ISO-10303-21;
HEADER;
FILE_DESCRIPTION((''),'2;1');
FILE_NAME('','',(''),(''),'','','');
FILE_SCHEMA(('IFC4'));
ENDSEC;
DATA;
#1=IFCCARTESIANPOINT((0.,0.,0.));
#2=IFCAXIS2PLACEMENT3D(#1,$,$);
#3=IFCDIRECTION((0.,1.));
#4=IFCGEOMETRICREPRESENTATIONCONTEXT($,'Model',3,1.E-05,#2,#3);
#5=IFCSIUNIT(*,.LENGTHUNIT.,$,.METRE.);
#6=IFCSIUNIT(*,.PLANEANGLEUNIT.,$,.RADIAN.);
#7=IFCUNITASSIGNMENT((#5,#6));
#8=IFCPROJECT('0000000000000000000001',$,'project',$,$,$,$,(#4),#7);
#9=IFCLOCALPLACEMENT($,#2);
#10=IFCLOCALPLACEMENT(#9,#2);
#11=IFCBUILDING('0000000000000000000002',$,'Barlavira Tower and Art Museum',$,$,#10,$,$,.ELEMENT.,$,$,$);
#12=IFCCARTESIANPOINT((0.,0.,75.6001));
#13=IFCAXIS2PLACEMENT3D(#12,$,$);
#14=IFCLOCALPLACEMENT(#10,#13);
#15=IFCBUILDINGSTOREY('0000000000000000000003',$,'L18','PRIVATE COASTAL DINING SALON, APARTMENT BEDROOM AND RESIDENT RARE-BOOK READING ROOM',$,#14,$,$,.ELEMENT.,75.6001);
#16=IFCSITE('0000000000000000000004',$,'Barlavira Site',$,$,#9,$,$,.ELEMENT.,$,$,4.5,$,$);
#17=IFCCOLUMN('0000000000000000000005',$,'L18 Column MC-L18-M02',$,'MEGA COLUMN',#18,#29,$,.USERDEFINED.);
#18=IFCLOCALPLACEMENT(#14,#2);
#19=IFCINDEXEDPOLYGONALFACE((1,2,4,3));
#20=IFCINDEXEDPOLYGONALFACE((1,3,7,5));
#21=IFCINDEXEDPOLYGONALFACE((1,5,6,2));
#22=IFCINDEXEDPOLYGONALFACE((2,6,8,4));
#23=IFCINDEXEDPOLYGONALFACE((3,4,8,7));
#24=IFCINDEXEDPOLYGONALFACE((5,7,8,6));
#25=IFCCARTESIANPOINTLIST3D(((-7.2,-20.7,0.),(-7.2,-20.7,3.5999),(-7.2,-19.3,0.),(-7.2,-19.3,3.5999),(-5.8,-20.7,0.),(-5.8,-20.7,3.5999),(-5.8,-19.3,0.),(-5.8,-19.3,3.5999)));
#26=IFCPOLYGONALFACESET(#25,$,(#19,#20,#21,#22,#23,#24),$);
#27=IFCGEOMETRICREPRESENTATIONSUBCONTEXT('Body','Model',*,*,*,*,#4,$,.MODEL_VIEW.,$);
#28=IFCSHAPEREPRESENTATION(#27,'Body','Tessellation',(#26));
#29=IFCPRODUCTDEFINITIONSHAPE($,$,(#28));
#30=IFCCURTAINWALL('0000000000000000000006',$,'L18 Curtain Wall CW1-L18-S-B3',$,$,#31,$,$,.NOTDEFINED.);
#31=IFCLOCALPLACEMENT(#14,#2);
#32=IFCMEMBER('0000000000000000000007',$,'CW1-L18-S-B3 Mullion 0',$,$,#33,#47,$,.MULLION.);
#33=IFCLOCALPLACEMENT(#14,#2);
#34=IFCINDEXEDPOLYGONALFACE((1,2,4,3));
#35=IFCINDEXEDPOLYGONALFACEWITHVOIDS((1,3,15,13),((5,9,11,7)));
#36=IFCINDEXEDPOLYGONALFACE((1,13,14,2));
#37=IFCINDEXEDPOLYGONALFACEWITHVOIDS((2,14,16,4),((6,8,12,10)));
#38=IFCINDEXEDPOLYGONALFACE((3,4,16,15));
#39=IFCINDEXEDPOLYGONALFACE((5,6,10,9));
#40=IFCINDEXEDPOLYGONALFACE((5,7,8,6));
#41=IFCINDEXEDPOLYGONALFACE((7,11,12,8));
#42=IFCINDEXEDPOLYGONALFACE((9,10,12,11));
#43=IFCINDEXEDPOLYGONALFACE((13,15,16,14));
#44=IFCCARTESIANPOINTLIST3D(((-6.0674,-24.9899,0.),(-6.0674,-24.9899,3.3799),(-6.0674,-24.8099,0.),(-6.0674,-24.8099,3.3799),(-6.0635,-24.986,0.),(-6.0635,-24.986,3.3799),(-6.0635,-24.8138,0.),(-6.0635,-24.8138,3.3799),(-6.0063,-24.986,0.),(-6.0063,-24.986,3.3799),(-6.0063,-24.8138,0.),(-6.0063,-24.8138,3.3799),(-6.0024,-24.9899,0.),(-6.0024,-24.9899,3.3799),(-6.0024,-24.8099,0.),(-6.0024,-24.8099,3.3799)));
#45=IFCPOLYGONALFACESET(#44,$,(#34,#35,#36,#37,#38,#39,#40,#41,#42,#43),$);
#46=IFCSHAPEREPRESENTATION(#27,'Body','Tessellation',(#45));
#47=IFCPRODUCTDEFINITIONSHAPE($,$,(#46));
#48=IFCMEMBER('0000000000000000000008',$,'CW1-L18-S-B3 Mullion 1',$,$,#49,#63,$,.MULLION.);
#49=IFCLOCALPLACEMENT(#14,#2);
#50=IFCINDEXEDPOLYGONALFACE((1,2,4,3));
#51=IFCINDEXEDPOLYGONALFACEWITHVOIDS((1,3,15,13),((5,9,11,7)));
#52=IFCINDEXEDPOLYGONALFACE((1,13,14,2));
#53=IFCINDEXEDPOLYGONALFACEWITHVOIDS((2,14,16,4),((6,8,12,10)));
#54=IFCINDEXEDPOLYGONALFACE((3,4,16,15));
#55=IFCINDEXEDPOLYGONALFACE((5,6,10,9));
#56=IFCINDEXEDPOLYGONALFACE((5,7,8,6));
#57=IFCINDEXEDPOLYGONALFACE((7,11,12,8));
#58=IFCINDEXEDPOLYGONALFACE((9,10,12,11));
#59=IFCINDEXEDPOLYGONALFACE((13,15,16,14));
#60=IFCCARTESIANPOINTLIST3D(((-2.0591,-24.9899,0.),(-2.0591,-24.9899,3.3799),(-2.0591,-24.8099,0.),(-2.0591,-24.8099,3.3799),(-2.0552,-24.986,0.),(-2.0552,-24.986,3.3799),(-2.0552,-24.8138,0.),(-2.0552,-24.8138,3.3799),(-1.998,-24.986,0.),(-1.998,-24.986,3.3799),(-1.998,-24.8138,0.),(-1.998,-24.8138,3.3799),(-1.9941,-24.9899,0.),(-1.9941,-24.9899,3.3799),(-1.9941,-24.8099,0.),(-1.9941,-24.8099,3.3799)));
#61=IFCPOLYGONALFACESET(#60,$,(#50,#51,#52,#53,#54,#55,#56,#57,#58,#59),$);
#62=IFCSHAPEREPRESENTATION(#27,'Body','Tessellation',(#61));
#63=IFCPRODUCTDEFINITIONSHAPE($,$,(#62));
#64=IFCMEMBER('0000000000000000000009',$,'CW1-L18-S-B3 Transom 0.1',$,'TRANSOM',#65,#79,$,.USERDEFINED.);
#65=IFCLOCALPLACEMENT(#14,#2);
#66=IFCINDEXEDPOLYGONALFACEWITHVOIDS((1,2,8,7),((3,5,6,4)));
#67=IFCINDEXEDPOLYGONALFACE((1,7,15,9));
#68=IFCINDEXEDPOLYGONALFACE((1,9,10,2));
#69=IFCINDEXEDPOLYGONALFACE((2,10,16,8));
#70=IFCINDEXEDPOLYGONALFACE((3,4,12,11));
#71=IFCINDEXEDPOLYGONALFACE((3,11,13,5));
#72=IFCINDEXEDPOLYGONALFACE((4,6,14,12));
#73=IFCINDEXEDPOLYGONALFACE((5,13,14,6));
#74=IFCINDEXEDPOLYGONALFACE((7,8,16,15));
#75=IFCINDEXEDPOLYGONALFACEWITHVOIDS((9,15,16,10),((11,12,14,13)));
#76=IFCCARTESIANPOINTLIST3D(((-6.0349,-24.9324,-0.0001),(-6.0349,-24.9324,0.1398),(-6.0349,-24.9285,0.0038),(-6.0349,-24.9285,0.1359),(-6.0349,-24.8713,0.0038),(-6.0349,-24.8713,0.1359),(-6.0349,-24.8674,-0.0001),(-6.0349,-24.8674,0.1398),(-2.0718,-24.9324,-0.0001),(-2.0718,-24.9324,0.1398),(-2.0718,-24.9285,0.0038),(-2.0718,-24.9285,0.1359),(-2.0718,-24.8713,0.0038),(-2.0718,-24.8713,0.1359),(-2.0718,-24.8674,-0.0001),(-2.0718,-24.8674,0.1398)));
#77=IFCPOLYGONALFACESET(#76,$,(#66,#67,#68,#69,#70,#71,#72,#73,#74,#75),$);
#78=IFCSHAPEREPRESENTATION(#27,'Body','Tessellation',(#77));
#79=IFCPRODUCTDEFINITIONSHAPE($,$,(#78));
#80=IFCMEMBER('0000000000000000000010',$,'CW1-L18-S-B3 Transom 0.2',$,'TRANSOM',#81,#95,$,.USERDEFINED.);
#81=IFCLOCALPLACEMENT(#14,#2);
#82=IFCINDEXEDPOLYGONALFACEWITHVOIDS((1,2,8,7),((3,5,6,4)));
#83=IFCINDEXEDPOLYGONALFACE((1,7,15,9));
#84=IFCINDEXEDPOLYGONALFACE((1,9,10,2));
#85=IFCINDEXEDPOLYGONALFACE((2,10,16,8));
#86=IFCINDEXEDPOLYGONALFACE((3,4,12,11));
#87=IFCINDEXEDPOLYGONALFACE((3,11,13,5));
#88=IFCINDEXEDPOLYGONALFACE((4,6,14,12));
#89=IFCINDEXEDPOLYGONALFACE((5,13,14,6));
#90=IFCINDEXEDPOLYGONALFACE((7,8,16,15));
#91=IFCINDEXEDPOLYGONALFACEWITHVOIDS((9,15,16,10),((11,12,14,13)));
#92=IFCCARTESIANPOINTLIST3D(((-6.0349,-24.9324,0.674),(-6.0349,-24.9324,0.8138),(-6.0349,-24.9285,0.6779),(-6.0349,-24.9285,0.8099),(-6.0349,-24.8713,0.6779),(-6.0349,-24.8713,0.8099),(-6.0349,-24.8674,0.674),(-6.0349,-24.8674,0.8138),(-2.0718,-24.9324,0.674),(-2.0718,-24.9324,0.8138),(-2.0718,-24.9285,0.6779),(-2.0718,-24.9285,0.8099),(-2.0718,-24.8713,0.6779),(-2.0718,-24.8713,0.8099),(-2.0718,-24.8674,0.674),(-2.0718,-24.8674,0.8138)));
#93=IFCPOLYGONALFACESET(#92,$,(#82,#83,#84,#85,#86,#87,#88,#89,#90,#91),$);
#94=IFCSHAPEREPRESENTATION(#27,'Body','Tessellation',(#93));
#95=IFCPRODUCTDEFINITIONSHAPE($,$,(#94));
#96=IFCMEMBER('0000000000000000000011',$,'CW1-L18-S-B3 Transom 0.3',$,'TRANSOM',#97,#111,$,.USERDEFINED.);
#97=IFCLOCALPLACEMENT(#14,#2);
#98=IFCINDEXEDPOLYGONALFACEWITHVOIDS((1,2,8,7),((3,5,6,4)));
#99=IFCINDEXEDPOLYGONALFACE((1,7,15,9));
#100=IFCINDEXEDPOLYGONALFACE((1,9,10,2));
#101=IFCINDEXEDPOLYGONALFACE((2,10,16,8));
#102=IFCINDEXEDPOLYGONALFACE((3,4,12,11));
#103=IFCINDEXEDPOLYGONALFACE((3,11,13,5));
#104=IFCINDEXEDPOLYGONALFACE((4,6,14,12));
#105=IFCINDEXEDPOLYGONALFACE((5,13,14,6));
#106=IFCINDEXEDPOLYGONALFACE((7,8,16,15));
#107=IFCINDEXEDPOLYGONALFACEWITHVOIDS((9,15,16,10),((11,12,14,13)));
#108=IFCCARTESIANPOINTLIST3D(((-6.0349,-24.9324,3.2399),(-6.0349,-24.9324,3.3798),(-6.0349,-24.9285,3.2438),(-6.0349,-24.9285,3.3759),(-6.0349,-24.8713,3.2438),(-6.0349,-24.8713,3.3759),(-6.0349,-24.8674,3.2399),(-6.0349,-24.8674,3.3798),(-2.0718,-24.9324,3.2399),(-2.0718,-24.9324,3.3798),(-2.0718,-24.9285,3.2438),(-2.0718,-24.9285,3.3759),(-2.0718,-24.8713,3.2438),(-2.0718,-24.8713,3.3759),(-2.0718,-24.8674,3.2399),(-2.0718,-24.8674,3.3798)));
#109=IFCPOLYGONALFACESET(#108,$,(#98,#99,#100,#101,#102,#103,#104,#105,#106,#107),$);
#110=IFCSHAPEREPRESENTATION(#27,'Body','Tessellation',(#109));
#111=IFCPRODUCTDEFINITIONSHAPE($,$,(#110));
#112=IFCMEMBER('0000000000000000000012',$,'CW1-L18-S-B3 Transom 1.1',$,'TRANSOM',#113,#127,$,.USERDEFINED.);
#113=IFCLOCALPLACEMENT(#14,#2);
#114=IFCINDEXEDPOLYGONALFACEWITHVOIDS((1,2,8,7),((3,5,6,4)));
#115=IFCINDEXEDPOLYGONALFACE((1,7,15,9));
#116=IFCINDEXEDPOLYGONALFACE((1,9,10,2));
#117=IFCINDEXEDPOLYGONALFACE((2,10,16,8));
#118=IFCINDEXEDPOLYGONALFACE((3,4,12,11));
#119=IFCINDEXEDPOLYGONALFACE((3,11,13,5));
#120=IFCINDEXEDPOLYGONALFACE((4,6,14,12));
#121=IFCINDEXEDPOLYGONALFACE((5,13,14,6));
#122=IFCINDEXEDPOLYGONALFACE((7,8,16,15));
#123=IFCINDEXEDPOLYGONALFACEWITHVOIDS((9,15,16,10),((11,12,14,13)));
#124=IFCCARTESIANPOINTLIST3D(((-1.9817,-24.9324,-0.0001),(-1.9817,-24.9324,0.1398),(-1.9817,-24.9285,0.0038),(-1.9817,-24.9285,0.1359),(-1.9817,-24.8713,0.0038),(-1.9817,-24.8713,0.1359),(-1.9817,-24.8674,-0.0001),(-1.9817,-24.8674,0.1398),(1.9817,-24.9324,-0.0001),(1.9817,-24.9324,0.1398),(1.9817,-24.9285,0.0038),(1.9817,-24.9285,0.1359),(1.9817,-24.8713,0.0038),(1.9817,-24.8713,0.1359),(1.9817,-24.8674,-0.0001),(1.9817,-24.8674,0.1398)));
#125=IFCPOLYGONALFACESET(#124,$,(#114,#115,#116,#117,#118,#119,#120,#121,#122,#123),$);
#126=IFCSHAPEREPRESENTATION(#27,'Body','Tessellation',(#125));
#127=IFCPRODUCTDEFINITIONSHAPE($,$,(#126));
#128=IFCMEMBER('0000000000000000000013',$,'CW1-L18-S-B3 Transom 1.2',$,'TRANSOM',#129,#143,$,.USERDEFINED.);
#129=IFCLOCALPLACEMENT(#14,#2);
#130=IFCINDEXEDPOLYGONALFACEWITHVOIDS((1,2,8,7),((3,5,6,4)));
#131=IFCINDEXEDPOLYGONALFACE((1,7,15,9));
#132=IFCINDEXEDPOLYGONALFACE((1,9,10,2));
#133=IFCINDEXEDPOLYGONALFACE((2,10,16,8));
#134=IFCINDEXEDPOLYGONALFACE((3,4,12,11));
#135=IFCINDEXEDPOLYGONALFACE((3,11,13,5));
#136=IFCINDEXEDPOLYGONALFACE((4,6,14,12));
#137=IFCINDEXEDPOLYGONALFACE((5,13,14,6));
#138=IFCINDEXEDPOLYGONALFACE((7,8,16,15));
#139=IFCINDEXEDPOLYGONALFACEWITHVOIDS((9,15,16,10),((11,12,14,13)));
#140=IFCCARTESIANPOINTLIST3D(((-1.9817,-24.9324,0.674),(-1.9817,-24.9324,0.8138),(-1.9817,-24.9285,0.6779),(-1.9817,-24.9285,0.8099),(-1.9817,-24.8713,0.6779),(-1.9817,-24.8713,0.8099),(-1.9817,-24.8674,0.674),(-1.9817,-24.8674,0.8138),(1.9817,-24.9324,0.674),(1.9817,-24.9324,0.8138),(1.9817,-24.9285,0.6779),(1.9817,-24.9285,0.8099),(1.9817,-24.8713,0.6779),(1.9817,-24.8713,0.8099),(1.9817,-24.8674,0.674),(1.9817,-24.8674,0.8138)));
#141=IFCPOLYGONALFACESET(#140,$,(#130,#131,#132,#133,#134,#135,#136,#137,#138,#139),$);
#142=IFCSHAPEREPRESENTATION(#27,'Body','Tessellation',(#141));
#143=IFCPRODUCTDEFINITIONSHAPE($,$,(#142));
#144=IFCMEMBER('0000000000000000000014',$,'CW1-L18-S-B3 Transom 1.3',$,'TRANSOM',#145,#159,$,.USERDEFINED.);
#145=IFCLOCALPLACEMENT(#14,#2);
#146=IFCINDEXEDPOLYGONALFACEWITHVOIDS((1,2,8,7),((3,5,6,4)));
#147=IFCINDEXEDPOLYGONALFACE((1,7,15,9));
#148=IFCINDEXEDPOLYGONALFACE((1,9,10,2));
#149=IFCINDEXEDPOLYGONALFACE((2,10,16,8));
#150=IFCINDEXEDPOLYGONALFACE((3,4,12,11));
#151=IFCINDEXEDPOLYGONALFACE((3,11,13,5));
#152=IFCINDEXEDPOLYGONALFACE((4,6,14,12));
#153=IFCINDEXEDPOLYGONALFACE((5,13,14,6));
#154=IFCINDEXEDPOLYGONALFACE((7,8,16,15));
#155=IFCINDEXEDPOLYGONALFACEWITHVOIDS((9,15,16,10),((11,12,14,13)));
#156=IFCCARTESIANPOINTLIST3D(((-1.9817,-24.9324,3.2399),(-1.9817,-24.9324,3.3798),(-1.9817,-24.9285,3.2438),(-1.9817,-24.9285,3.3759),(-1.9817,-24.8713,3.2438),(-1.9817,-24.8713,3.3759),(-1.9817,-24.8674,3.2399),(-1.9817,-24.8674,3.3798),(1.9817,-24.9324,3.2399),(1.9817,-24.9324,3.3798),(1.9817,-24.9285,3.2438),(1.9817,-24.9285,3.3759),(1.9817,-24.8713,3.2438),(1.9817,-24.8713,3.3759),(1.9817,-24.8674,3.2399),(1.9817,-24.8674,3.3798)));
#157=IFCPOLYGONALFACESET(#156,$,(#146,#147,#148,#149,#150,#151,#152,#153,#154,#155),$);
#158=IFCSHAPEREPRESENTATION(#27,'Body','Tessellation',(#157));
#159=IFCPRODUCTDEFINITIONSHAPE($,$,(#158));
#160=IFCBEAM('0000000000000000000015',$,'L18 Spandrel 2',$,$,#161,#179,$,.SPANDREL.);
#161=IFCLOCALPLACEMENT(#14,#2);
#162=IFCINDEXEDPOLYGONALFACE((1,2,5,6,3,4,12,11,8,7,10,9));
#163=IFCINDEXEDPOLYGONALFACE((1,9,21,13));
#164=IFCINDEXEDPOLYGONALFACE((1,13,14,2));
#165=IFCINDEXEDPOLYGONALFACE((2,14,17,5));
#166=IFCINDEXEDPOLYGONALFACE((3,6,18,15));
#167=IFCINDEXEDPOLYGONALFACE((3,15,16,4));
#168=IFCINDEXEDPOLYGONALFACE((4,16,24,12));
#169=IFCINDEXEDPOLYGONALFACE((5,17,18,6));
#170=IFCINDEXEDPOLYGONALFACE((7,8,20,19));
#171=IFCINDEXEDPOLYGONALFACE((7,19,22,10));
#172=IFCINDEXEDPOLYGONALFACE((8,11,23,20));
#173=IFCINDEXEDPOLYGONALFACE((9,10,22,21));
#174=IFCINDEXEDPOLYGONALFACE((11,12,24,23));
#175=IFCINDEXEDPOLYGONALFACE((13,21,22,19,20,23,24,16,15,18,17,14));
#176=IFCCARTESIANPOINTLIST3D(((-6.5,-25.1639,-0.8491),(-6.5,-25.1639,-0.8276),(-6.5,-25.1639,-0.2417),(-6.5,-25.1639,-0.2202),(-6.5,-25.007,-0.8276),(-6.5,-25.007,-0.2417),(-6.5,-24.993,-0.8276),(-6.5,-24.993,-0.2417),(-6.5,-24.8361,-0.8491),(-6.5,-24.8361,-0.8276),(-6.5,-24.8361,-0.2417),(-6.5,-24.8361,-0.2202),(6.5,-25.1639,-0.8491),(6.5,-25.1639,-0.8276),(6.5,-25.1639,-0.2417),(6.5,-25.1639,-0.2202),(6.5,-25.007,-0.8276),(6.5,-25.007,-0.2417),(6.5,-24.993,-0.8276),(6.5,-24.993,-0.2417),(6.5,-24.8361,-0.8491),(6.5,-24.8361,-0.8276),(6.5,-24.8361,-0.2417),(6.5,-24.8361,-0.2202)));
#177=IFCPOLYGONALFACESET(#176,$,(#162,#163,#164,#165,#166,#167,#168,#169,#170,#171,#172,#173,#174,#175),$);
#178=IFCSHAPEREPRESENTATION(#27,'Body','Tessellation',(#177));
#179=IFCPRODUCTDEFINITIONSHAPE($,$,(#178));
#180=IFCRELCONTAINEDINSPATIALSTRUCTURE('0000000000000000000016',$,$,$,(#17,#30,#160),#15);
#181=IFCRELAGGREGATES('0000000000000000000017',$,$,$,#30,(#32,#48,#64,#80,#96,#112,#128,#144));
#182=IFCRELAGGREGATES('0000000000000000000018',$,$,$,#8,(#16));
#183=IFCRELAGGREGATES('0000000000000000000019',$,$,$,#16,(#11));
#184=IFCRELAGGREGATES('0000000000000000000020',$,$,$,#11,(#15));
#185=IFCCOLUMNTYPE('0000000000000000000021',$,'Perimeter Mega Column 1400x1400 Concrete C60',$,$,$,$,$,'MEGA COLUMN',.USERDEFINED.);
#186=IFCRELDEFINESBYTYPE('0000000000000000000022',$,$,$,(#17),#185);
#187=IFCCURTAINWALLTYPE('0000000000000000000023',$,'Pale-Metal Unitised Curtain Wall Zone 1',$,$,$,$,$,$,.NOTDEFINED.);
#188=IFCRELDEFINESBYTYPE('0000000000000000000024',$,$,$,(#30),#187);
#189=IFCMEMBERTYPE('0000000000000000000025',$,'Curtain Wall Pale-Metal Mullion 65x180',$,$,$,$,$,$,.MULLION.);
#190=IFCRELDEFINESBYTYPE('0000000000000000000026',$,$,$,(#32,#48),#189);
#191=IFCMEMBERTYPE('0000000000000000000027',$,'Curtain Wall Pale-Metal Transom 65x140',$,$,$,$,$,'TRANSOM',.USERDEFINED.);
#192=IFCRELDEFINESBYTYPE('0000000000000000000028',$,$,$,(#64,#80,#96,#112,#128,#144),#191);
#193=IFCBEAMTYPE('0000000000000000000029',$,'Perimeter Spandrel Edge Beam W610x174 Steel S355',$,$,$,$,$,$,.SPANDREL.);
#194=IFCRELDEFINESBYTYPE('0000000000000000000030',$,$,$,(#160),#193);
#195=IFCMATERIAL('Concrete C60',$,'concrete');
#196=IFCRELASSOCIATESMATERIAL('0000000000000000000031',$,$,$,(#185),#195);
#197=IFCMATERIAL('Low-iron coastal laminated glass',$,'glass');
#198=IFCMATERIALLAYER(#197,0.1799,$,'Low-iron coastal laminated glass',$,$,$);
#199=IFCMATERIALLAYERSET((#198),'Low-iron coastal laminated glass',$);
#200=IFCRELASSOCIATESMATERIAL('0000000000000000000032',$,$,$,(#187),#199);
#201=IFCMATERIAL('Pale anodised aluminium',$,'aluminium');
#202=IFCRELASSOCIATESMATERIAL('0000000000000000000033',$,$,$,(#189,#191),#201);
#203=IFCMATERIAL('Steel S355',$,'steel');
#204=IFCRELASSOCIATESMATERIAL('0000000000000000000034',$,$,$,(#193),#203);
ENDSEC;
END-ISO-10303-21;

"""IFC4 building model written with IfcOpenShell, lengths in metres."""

from ifc_helpers import new_model, si_unit, direction, frame, origin, origin_2d, place, context, subcontext, project, spatial, rectangle, hollow_rectangle, i_section, extrude, material, layer, layer_set, material_profile, profile_set, type_object, element, aggregate, save


model = new_model("IFC4")

# Units and contexts
model_context = context("Model", 3, precision=1e-05, world=origin(), true_north=direction((0.0, 1.0)))
body_context = subcontext(model_context, "Body", "Model", "MODEL_VIEW")
ifc_project = project(units=[si_unit("LENGTHUNIT", "METRE"), si_unit("PLANEANGLEUNIT", "RADIAN")], contexts=[model_context])

# Site, building, storey
site_placement = place(None, origin())
site = spatial("IfcSite", under=ifc_project, at=site_placement, Name="Barlavira Site", CompositionType="ELEMENT", RefElevation=4.5)
building_placement = place(site_placement, origin())
building = spatial("IfcBuilding", under=site, at=building_placement, Name="Barlavira Tower and Art Museum", CompositionType="ELEMENT")
storey_placement = place(building_placement, frame((0.0, 0.0, 75.6001)))
storey = spatial("IfcBuildingStorey", under=building, at=storey_placement, Name="L18", Description="PRIVATE COASTAL DINING SALON, APARTMENT BEDROOM AND RESIDENT RARE-BOOK READING ROOM", CompositionType="ELEMENT", Elevation=75.6001)

# Column
ifc_material_1 = material(Name="Concrete C60", Category="concrete")
ifc_material_profile_1 = material_profile(ifc_material_1, rectangle(XDim=1.3999, YDim=1.3999, at=origin_2d()), Name="RC-MCOL 1400x1400")
ifc_profile_set_1 = profile_set([ifc_material_profile_1], Name="Concrete C60")
column_type = type_object("IfcColumnType", Name="Perimeter Mega Column 1400x1400 Concrete C60", ElementType="MEGA COLUMN", PredefinedType="USERDEFINED", material=ifc_profile_set_1)
column_placement = place(storey_placement, frame((-6.5, -20.0, 0.0), z_axis=(0.0, 0.0, 1.0), x_axis=(1.0, 0.0, 0.0)))
element("IfcColumn", 1, at=column_placement, inside=storey, type_object=column_type, Name="L18 Column MC-L18-M02", ObjectType="MEGA COLUMN", PredefinedType="USERDEFINED", context=body_context, shape_type="SweptSolid", body=[
    extrude(rectangle(XDim=1.3999, YDim=1.3999, at=origin_2d()), origin(), (0.0, 0.0, 1.0), 3.5999),
])

# Curtain wall, members
ifc_material_2 = material(Name="Low-iron coastal laminated glass", Category="glass")
ifc_layer_1 = layer(ifc_material_2, 0.1799, Name="Low-iron coastal laminated glass")
ifc_layer_set_1 = layer_set([ifc_layer_1], Name="Low-iron coastal laminated glass")
curtain_wall_type = type_object("IfcCurtainWallType", Name="Pale-Metal Unitised Curtain Wall Zone 1", PredefinedType="NOTDEFINED", material=ifc_layer_set_1)
curtain_wall_placement = place(storey_placement, origin())
curtain_wall = element("IfcCurtainWall", 2, at=curtain_wall_placement, inside=storey, type_object=curtain_wall_type, Name="L18 Curtain Wall CW1-L18-S-B3", PredefinedType="NOTDEFINED")
ifc_material_3 = material(Name="Pale anodised aluminium", Category="aluminium")
ifc_material_profile_2 = material_profile(ifc_material_3, hollow_rectangle(XDim=0.0649, YDim=0.1799, WallThickness=0.0039, at=origin_2d()), Name="ALU-MULL 65x180x4")
ifc_profile_set_2 = profile_set([ifc_material_profile_2], Name="Pale anodised aluminium")
member_type_1 = type_object("IfcMemberType", Name="Curtain Wall Pale-Metal Mullion 65x180", PredefinedType="MULLION", material=ifc_profile_set_2)
member_1_placement = place(storey_placement, frame((-6.0349, -24.8999, 0.0), z_axis=(0.0, 0.0, 1.0), x_axis=(1.0, 0.0, 0.0)))
member_1 = element("IfcMember", 3, at=member_1_placement, type_object=member_type_1, Name="CW1-L18-S-B3 Mullion 0", PredefinedType="MULLION", context=body_context, shape_type="SweptSolid", body=[
    extrude(hollow_rectangle(XDim=0.0649, YDim=0.1799, WallThickness=0.0039, at=origin_2d()), origin(), (0.0, 0.0, 1.0), 3.3799),
])
member_2_placement = place(storey_placement, frame((-2.0266, -24.8999, 0.0), z_axis=(0.0, 0.0, 1.0), x_axis=(1.0, 0.0, 0.0)))
member_2 = element("IfcMember", 4, at=member_2_placement, type_object=member_type_1, Name="CW1-L18-S-B3 Mullion 1", PredefinedType="MULLION", context=body_context, shape_type="SweptSolid", body=[
    extrude(hollow_rectangle(XDim=0.0649, YDim=0.1799, WallThickness=0.0039, at=origin_2d()), origin(), (0.0, 0.0, 1.0), 3.3799),
])
ifc_material_profile_3 = material_profile(ifc_material_3, hollow_rectangle(XDim=0.0649, YDim=0.1399, WallThickness=0.0039, at=origin_2d()), Name="ALU-TRAN 65x140x4")
ifc_profile_set_3 = profile_set([ifc_material_profile_3], Name="Pale anodised aluminium")
member_type_2 = type_object("IfcMemberType", Name="Curtain Wall Pale-Metal Transom 65x140", ElementType="TRANSOM", PredefinedType="USERDEFINED", material=ifc_profile_set_3)
member_3_placement = place(storey_placement, frame((-6.0349, -24.8999, 0.0698), z_axis=(1.0, 0.0, 0.0), x_axis=(0.0, 1.0, 0.0)))
member_3 = element("IfcMember", 5, at=member_3_placement, type_object=member_type_2, Name="CW1-L18-S-B3 Transom 0.1", ObjectType="TRANSOM", PredefinedType="USERDEFINED", context=body_context, shape_type="SweptSolid", body=[
    extrude(hollow_rectangle(XDim=0.0649, YDim=0.1399, WallThickness=0.0039, at=origin_2d()), origin(), (0.0, 0.0, 1.0), 3.9631),
])
member_4_placement = place(storey_placement, frame((-6.0349, -24.8999, 0.7439), z_axis=(1.0, 0.0, 0.0), x_axis=(0.0, 1.0, 0.0)))
member_4 = element("IfcMember", 6, at=member_4_placement, type_object=member_type_2, Name="CW1-L18-S-B3 Transom 0.2", ObjectType="TRANSOM", PredefinedType="USERDEFINED", context=body_context, shape_type="SweptSolid", body=[
    extrude(hollow_rectangle(XDim=0.0649, YDim=0.1399, WallThickness=0.0039, at=origin_2d()), origin(), (0.0, 0.0, 1.0), 3.9631),
])
member_5_placement = place(storey_placement, frame((-6.0349, -24.8999, 3.3098), z_axis=(1.0, 0.0, 0.0), x_axis=(0.0, 1.0, 0.0)))
member_5 = element("IfcMember", 7, at=member_5_placement, type_object=member_type_2, Name="CW1-L18-S-B3 Transom 0.3", ObjectType="TRANSOM", PredefinedType="USERDEFINED", context=body_context, shape_type="SweptSolid", body=[
    extrude(hollow_rectangle(XDim=0.0649, YDim=0.1399, WallThickness=0.0039, at=origin_2d()), origin(), (0.0, 0.0, 1.0), 3.9631),
])
member_6_placement = place(storey_placement, frame((-1.9817, -24.8999, 0.0698), z_axis=(1.0, 0.0, 0.0), x_axis=(0.0, 1.0, 0.0)))
member_6 = element("IfcMember", 8, at=member_6_placement, type_object=member_type_2, Name="CW1-L18-S-B3 Transom 1.1", ObjectType="TRANSOM", PredefinedType="USERDEFINED", context=body_context, shape_type="SweptSolid", body=[
    extrude(hollow_rectangle(XDim=0.0649, YDim=0.1399, WallThickness=0.0039, at=origin_2d()), origin(), (0.0, 0.0, 1.0), 3.9634),
])
member_7_placement = place(storey_placement, frame((-1.9817, -24.8999, 0.7439), z_axis=(1.0, 0.0, 0.0), x_axis=(0.0, 1.0, 0.0)))
member_7 = element("IfcMember", 9, at=member_7_placement, type_object=member_type_2, Name="CW1-L18-S-B3 Transom 1.2", ObjectType="TRANSOM", PredefinedType="USERDEFINED", context=body_context, shape_type="SweptSolid", body=[
    extrude(hollow_rectangle(XDim=0.0649, YDim=0.1399, WallThickness=0.0039, at=origin_2d()), origin(), (0.0, 0.0, 1.0), 3.9634),
])
member_8_placement = place(storey_placement, frame((-1.9817, -24.8999, 3.3098), z_axis=(1.0, 0.0, 0.0), x_axis=(0.0, 1.0, 0.0)))
member_8 = element("IfcMember", 10, at=member_8_placement, type_object=member_type_2, Name="CW1-L18-S-B3 Transom 1.3", ObjectType="TRANSOM", PredefinedType="USERDEFINED", context=body_context, shape_type="SweptSolid", body=[
    extrude(hollow_rectangle(XDim=0.0649, YDim=0.1399, WallThickness=0.0039, at=origin_2d()), origin(), (0.0, 0.0, 1.0), 3.9634),
])

# Beam
ifc_material_4 = material(Name="Steel S355", Category="steel")
ifc_material_profile_4 = material_profile(ifc_material_4, i_section(OverallWidth=0.3279, OverallDepth=0.6289, WebThickness=0.0139, FlangeThickness=0.0215, at=origin_2d()), Name="W610x174.0")
ifc_profile_set_4 = profile_set([ifc_material_profile_4], Name="Steel S355")
beam_type_1 = type_object("IfcBeamType", Name="Perimeter Spandrel Edge Beam W610x174 Steel S355", PredefinedType="SPANDREL", material=ifc_profile_set_4)
beam_1_placement = place(storey_placement, frame((-6.5, -25.0, -0.5347), z_axis=(1.0, 0.0, 0.0), x_axis=(0.0, 1.0, 0.0)))
element("IfcBeam", 11, at=beam_1_placement, inside=storey, type_object=beam_type_1, Name="L18 Spandrel 2", PredefinedType="SPANDREL", context=body_context, shape_type="SweptSolid", body=[
    extrude(i_section(OverallWidth=0.3279, OverallDepth=0.6289, WebThickness=0.0139, FlangeThickness=0.0215, at=origin_2d()), origin(), (0.0, 0.0, 1.0), 13.0),
])

aggregate(curtain_wall, [member_1, member_2, member_3, member_4, member_5, member_6, member_7, member_8])

save(model, "model.ifc")
